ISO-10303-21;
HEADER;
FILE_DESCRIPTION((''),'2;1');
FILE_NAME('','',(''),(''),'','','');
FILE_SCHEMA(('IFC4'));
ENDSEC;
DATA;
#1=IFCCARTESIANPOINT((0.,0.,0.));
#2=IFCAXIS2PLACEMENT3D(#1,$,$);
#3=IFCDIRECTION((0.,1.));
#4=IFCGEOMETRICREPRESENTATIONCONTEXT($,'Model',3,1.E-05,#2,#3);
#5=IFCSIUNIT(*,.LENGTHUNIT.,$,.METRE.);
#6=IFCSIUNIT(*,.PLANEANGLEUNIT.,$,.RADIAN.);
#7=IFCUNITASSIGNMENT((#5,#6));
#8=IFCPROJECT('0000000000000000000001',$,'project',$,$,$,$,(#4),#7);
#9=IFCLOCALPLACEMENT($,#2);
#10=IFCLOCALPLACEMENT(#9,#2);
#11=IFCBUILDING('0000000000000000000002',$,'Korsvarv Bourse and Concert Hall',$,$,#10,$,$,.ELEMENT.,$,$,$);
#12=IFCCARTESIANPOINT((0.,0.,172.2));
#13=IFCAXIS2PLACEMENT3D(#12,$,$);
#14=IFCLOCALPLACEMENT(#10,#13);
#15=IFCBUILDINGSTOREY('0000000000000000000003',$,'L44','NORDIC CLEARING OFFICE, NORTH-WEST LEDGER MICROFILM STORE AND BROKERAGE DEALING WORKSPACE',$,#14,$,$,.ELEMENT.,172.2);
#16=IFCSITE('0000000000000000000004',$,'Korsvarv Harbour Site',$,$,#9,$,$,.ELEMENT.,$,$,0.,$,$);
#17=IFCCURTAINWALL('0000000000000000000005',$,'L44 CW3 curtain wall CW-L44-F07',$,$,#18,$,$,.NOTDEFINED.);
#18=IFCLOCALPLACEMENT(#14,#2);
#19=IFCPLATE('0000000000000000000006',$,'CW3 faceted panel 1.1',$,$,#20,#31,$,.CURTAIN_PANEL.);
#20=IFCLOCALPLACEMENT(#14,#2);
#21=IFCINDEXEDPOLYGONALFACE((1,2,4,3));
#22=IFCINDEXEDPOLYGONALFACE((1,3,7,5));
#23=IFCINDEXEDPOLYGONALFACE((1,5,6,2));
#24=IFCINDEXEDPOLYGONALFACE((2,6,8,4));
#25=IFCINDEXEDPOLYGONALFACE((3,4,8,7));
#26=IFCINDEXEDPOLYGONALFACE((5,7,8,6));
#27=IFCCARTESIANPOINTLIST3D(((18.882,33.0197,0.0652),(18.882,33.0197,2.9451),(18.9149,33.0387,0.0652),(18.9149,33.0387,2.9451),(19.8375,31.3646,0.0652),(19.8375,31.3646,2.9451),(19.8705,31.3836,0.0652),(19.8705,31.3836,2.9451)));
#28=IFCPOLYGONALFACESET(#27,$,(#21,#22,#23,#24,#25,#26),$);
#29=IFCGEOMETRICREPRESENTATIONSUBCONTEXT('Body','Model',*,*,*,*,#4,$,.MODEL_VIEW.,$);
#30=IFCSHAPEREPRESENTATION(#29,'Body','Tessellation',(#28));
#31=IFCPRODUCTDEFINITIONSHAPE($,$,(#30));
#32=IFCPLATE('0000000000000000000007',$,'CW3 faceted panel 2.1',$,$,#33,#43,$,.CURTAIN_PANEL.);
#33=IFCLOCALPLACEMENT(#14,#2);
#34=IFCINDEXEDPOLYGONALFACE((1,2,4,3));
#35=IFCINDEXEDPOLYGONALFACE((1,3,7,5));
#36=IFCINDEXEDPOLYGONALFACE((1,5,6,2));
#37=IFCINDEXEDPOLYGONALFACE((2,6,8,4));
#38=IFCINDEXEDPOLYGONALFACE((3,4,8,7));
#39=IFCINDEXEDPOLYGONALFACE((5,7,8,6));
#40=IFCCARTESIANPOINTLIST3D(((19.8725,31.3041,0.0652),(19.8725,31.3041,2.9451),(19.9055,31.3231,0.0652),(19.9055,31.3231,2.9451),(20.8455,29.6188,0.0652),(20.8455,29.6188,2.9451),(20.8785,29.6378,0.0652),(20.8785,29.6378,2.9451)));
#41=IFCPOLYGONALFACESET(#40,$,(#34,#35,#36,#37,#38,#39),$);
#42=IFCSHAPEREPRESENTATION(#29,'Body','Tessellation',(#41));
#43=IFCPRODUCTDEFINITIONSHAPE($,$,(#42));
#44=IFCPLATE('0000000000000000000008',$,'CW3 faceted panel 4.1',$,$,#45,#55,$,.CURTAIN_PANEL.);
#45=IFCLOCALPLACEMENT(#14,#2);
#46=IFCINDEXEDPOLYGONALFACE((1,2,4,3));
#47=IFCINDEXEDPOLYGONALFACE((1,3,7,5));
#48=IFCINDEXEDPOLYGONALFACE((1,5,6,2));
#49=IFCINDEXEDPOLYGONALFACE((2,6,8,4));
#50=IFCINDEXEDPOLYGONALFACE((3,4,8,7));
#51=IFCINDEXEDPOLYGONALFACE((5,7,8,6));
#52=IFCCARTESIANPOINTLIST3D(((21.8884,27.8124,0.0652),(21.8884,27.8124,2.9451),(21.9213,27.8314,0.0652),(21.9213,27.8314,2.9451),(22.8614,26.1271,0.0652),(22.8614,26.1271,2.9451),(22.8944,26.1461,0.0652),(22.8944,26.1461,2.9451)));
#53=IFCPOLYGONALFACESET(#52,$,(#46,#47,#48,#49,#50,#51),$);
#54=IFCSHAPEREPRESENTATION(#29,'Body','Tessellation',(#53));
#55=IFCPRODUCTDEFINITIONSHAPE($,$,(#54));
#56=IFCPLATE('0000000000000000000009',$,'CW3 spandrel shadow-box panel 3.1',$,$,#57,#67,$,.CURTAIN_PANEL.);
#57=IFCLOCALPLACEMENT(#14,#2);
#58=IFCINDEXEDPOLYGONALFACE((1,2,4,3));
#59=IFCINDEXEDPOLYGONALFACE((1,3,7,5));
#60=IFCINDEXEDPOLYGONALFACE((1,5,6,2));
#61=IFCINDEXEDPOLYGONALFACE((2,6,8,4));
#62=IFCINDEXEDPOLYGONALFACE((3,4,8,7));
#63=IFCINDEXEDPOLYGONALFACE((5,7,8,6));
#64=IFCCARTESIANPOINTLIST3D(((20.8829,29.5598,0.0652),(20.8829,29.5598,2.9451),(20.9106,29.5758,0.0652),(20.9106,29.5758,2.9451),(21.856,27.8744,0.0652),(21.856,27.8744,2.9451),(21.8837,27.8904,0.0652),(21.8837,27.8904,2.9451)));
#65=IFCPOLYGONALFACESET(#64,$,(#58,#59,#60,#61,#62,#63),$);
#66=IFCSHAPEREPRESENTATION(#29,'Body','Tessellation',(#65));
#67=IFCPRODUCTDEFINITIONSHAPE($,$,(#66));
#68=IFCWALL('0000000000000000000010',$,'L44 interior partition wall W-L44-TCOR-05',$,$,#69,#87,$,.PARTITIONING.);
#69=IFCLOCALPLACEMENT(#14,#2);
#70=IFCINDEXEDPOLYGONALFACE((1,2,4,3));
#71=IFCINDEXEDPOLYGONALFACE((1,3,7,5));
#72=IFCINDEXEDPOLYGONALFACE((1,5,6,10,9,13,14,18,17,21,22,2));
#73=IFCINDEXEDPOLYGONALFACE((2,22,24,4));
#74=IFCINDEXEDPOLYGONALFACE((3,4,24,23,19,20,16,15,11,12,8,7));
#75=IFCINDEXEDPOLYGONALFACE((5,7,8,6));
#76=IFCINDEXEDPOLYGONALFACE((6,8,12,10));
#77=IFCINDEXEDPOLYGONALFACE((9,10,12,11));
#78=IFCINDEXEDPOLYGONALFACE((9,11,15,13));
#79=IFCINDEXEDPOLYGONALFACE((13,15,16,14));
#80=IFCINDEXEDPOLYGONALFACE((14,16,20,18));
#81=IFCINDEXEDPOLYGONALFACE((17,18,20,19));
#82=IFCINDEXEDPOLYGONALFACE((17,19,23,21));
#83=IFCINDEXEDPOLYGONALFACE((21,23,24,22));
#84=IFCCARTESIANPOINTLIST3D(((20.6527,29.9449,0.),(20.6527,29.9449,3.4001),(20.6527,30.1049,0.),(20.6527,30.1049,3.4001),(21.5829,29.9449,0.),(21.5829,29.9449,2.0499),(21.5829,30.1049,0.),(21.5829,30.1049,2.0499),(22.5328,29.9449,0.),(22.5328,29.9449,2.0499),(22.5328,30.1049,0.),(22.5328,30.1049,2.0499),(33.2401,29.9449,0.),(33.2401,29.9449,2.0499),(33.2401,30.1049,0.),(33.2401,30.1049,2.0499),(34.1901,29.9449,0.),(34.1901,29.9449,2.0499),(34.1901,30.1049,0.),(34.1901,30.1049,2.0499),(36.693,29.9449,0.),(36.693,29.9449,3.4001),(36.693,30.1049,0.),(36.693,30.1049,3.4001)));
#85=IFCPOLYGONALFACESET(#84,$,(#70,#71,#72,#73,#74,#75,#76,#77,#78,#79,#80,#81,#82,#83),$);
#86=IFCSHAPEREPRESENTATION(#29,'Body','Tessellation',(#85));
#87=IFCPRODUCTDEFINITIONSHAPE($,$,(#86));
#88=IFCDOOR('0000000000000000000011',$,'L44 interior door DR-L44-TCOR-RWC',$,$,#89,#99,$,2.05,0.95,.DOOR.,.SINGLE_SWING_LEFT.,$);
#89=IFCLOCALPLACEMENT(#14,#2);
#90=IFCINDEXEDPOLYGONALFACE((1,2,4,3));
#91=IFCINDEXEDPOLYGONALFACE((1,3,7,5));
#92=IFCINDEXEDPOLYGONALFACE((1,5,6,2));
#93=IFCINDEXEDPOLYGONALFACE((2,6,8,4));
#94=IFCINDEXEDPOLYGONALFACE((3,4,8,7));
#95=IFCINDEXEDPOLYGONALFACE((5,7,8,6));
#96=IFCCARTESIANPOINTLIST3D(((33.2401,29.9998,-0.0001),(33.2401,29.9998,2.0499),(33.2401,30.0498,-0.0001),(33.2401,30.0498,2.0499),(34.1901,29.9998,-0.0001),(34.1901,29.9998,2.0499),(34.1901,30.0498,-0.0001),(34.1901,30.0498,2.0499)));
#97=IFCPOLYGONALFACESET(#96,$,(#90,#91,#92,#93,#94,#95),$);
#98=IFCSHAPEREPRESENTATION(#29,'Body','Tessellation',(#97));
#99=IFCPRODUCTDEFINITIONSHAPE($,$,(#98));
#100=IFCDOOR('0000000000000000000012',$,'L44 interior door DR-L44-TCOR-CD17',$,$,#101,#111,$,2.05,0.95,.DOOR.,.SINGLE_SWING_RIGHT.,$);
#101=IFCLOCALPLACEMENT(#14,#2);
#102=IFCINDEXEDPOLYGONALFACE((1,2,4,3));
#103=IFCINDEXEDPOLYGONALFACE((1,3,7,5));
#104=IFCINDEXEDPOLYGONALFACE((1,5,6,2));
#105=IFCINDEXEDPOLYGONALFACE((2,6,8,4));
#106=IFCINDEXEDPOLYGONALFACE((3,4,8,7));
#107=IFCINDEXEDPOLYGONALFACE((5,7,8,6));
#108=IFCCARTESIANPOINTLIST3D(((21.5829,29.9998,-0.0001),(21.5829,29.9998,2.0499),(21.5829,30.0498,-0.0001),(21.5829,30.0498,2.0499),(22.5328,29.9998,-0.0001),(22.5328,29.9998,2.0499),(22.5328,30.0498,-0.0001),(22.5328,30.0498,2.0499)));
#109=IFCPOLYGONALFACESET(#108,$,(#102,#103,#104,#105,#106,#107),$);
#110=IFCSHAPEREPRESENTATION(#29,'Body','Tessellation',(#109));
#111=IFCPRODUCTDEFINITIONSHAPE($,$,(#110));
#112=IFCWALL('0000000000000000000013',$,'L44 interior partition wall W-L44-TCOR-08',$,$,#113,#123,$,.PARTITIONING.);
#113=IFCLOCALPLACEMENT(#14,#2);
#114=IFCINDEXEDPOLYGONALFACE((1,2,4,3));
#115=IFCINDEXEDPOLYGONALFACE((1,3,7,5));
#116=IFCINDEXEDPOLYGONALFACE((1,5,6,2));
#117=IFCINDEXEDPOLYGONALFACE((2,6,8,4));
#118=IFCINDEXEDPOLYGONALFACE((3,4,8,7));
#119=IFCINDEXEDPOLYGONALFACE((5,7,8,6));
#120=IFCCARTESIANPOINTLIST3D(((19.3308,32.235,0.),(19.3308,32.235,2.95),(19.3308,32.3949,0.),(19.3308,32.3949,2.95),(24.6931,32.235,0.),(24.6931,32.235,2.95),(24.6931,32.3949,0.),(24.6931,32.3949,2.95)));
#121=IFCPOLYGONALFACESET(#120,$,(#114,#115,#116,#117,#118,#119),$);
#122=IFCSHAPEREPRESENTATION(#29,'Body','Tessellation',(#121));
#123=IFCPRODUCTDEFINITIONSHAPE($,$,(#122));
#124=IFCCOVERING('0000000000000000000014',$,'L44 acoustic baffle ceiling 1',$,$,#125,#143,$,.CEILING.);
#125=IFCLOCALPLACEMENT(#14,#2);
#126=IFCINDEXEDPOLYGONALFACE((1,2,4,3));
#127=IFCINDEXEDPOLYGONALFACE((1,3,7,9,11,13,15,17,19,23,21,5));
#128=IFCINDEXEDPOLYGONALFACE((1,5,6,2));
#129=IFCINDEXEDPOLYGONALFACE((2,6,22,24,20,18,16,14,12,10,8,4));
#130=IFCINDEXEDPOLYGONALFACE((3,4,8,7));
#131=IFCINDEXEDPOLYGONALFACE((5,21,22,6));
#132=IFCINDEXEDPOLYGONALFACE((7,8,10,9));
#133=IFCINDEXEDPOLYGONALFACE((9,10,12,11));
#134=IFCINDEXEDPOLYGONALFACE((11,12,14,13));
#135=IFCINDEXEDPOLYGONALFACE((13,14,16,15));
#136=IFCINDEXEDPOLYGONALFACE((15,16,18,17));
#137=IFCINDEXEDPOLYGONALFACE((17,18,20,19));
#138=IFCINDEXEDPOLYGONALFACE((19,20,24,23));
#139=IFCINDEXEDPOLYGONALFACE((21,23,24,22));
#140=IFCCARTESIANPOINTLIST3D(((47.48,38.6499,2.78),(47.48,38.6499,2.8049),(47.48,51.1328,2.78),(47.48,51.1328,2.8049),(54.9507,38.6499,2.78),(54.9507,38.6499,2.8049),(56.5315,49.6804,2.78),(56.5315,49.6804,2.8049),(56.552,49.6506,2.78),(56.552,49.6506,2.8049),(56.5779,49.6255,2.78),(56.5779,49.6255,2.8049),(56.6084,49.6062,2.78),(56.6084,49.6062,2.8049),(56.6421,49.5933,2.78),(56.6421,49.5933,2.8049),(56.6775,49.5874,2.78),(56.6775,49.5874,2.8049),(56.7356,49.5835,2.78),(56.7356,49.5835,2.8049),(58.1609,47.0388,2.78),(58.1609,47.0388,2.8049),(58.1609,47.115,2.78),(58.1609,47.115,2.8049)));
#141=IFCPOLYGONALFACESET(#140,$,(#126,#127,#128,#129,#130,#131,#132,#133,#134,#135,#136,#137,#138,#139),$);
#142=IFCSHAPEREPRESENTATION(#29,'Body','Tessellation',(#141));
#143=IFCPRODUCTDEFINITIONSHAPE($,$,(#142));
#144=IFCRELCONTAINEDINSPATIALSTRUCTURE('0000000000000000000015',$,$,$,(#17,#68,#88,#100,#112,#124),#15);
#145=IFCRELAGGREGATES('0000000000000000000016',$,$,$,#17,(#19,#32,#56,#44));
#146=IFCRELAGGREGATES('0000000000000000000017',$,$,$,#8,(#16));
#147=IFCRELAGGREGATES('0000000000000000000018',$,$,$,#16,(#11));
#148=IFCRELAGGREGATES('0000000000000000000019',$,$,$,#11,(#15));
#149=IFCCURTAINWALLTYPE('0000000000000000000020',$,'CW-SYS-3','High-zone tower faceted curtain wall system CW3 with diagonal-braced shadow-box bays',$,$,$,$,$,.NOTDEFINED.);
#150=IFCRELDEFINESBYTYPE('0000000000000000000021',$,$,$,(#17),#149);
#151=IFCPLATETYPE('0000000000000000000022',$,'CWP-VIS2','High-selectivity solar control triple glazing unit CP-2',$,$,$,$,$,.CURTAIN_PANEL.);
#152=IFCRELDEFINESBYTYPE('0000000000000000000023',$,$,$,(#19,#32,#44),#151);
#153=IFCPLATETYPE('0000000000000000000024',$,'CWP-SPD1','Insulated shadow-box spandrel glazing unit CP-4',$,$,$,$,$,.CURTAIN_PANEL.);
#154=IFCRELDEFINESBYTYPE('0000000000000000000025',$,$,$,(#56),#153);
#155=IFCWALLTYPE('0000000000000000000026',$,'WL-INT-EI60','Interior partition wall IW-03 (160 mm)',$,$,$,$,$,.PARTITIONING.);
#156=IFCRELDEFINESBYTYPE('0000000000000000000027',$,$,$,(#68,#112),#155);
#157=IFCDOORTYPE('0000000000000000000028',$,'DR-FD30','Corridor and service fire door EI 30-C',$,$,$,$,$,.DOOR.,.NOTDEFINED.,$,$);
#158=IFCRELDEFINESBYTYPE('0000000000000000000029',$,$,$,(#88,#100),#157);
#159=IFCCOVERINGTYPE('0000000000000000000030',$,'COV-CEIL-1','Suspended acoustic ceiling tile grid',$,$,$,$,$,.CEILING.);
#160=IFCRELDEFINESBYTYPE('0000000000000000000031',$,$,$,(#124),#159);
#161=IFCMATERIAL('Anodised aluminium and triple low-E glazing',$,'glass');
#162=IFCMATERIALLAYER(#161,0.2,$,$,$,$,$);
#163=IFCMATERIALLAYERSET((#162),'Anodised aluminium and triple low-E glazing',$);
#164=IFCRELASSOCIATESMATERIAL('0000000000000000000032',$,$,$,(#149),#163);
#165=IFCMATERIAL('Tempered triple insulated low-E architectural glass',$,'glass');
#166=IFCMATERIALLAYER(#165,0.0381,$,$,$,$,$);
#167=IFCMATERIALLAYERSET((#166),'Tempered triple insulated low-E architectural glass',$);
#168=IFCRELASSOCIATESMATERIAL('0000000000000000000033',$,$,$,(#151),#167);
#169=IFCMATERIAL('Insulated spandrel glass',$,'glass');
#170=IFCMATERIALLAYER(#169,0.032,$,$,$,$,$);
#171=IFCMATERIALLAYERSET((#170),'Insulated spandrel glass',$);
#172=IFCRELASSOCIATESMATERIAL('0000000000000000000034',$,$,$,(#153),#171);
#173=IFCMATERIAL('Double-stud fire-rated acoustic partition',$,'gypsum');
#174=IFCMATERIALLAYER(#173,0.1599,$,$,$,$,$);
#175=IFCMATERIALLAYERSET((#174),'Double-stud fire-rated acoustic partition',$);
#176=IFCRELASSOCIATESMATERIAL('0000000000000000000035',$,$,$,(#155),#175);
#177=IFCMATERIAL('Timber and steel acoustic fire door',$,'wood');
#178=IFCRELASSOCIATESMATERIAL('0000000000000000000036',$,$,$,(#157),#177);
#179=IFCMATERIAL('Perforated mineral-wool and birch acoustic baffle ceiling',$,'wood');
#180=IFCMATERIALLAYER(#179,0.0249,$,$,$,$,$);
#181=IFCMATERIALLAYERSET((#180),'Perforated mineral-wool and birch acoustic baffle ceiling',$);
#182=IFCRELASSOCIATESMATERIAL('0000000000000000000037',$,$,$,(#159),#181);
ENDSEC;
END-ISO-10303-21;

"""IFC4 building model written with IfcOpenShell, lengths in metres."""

from ifc_helpers import new_model, si_unit, direction, frame, frame_2d, origin, origin_2d, place, context, subcontext, project, spatial, polyline, rectangle, outline, extrude, source, transform, mapped, material, layer, layer_set, type_object, element, fill, aggregate, save


model = new_model("IFC4")

# Units and contexts
model_context = context("Model", 3, precision=1e-05, world=origin(), true_north=direction((0.0, 1.0)))
body_context = subcontext(model_context, "Body", "Model", "MODEL_VIEW")
ifc_project = project(units=[si_unit("LENGTHUNIT", "METRE"), si_unit("PLANEANGLEUNIT", "RADIAN")], contexts=[model_context])

# Site, building, storey
site_placement = place(None, origin())
site = spatial("IfcSite", under=ifc_project, at=site_placement, Name="Korsvarv Harbour Site", CompositionType="ELEMENT", RefElevation=0.0)
building_placement = place(site_placement, origin())
building = spatial("IfcBuilding", under=site, at=building_placement, Name="Korsvarv Bourse and Concert Hall", CompositionType="ELEMENT")
storey_placement = place(building_placement, frame((0.0, 0.0, 172.2)))
storey = spatial("IfcBuildingStorey", under=building, at=storey_placement, Name="L44", Description="NORDIC CLEARING OFFICE, NORTH-WEST LEDGER MICROFILM STORE AND BROKERAGE DEALING WORKSPACE", CompositionType="ELEMENT", Elevation=172.2)

# Curtain wall
ifc_material_1 = material(Name="Anodised aluminium and triple low-E glazing", Category="glass")
ifc_layer_1 = layer(ifc_material_1, 0.2)
ifc_layer_set_1 = layer_set([ifc_layer_1], Name="Anodised aluminium and triple low-E glazing")
curtain_wall_type = type_object("IfcCurtainWallType", Name="CW-SYS-3", Description="High-zone tower faceted curtain wall system CW3 with diagonal-braced shadow-box bays", PredefinedType="NOTDEFINED", material=ifc_layer_set_1)
curtain_wall_placement = place(storey_placement, origin())
curtain_wall = element("IfcCurtainWall", 1, at=curtain_wall_placement, inside=storey, type_object=curtain_wall_type, Name="L44 CW3 curtain wall CW-L44-F07", PredefinedType="NOTDEFINED")

# Plates
ifc_material_2 = material(Name="Tempered triple insulated low-E architectural glass", Category="glass")
ifc_layer_2 = layer(ifc_material_2, 0.0381)
ifc_layer_set_2 = layer_set([ifc_layer_2], Name="Tempered triple insulated low-E architectural glass")
plate_type_1 = type_object("IfcPlateType", Name="CWP-VIS2", Description="High-selectivity solar control triple glazing unit CP-2", PredefinedType="CURTAIN_PANEL", material=ifc_layer_set_2)
shared_shape_1 = source(origin(), body_context, "Body", "SweptSolid", [
    extrude(rectangle(XDim=1.9111, YDim=0.0381, at=origin_2d()), origin(), (0.0, 0.0, 1.0), 2.8799),
])
plate_1_placement = place(storey_placement, frame((19.3762, 32.2017, 0.0652), z_axis=(0.0, 0.0, 1.0), x_axis=(0.499994, -0.866029, 0.0)))
plate_1 = element("IfcPlate", 2, at=plate_1_placement, type_object=plate_type_1, Name="CW3 faceted panel 1.1", PredefinedType="CURTAIN_PANEL", context=body_context, shape_type="MappedRepresentation", body=[
    mapped(shared_shape_1, transform((0.0, 0.0, 0.0), scale=1.0)),
])
shared_shape_2 = source(origin(), body_context, "Body", "SweptSolid", [
    extrude(rectangle(XDim=1.946, YDim=0.0381, at=origin_2d()), origin(), (0.0, 0.0, 1.0), 2.8799),
])
plate_2_placement = place(storey_placement, frame((20.3755, 30.4709, 0.0652), z_axis=(0.0, 0.0, 1.0), x_axis=(0.499994, -0.866029, 0.0)))
plate_2 = element("IfcPlate", 3, at=plate_2_placement, type_object=plate_type_1, Name="CW3 faceted panel 2.1", PredefinedType="CURTAIN_PANEL", context=body_context, shape_type="MappedRepresentation", body=[
    mapped(shared_shape_2, transform((0.0, 0.0, 0.0), scale=1.0)),
])
plate_3_placement = place(storey_placement, frame((22.3914, 26.9792, 0.0652), z_axis=(0.0, 0.0, 1.0), x_axis=(0.499994, -0.866029, 0.0)))
plate_3 = element("IfcPlate", 4, at=plate_3_placement, type_object=plate_type_1, Name="CW3 faceted panel 4.1", PredefinedType="CURTAIN_PANEL", context=body_context, shape_type="MappedRepresentation", body=[
    mapped(shared_shape_2, transform((0.0, 0.0, 0.0), scale=1.0)),
])
ifc_material_3 = material(Name="Insulated spandrel glass", Category="glass")
ifc_layer_3 = layer(ifc_material_3, 0.032)
ifc_layer_set_3 = layer_set([ifc_layer_3], Name="Insulated spandrel glass")
plate_type_2 = type_object("IfcPlateType", Name="CWP-SPD1", Description="Insulated shadow-box spandrel glazing unit CP-4", PredefinedType="CURTAIN_PANEL", material=ifc_layer_set_3)
shared_shape_3 = source(origin(), body_context, "Body", "SweptSolid", [
    extrude(rectangle(XDim=1.946, YDim=0.032, at=origin_2d()), origin(), (0.0, 0.0, 1.0), 2.8799),
])
plate_4_placement = place(storey_placement, frame((21.3833, 28.7251, 0.0652), z_axis=(0.0, 0.0, 1.0), x_axis=(0.499994, -0.866029, 0.0)))
plate_4 = element("IfcPlate", 5, at=plate_4_placement, type_object=plate_type_2, Name="CW3 spandrel shadow-box panel 3.1", PredefinedType="CURTAIN_PANEL", context=body_context, shape_type="MappedRepresentation", body=[
    mapped(shared_shape_3, transform((0.0, 0.0, 0.0), scale=1.0)),
])
aggregate(curtain_wall, [plate_1, plate_2, plate_4, plate_3])

# Wall, openings, doors
ifc_material_4 = material(Name="Double-stud fire-rated acoustic partition", Category="gypsum")
ifc_layer_4 = layer(ifc_material_4, 0.1599)
ifc_layer_set_4 = layer_set([ifc_layer_4], Name="Double-stud fire-rated acoustic partition")
wall_type = type_object("IfcWallType", Name="WL-INT-EI60", Description="Interior partition wall IW-03 (160 mm)", PredefinedType="PARTITIONING", material=ifc_layer_set_4)
wall_1_placement = place(storey_placement, frame((20.6528, 30.0249, 0.0), z_axis=(0.0, 0.0, 1.0), x_axis=(1.0, 0.0, 0.0)))
wall_1 = element("IfcWall", 6, at=wall_1_placement, inside=storey, type_object=wall_type, Name="L44 interior partition wall W-L44-TCOR-05", PredefinedType="PARTITIONING", context=body_context, shape_type="SweptSolid", body=[
    extrude(rectangle(XDim=16.0403, YDim=0.1599, at=frame_2d((8.02, 0.0))), origin(), (0.0, 0.0, 1.0), 3.4001),
])
opening_1_placement = place(wall_1_placement, frame((12.5872, 0.0, 0.0)))
opening_1 = element("IfcOpeningElement", 7, at=opening_1_placement, cuts=wall_1, PredefinedType="OPENING", context=body_context, shape_type="SweptSolid", body=[
    extrude(rectangle(XDim=0.95, YDim=2.05, at=frame_2d((0.4751, 1.0249))), frame((0.0, 0.0898, 0.0), z_axis=(0.0, -1.0, 0.0), x_axis=(1.0, 0.0, 0.0)), (0.0, 0.0, 1.0), 0.1799),
])
opening_2_placement = place(wall_1_placement, frame((0.9299, 0.0, 0.0)))
opening_2 = element("IfcOpeningElement", 8, at=opening_2_placement, cuts=wall_1, PredefinedType="OPENING", context=body_context, shape_type="SweptSolid", body=[
    extrude(rectangle(XDim=0.95, YDim=2.05, at=frame_2d((0.4751, 1.0249))), frame((0.0, 0.0898, 0.0), z_axis=(0.0, -1.0, 0.0), x_axis=(1.0, 0.0, 0.0)), (0.0, 0.0, 1.0), 0.1799),
])
ifc_material_5 = material(Name="Timber and steel acoustic fire door", Category="wood")
door_type = type_object("IfcDoorType", Name="DR-FD30", Description="Corridor and service fire door EI 30-C", OperationType="NOTDEFINED", PredefinedType="DOOR", material=ifc_material_5)
door_1_placement = place(opening_1_placement, origin())
door_1 = element("IfcDoor", 9, at=door_1_placement, inside=storey, type_object=door_type, Name="L44 interior door DR-L44-TCOR-RWC", OperationType="SINGLE_SWING_LEFT", OverallHeight=2.05, OverallWidth=0.95, PredefinedType="DOOR", context=body_context, shape_type="SweptSolid", body=[
    extrude(rectangle(XDim=0.95, YDim=2.05, at=frame_2d((0.4751, 1.0249))), frame((0.0, 0.0249, 0.0), z_axis=(0.0, -1.0, 0.0), x_axis=(1.0, 0.0, 0.0)), (0.0, 0.0, 1.0), 0.05),
])
fill(opening_1, door_1)
door_2_placement = place(opening_2_placement, origin())
door_2 = element("IfcDoor", 10, at=door_2_placement, inside=storey, type_object=door_type, Name="L44 interior door DR-L44-TCOR-CD17", OperationType="SINGLE_SWING_RIGHT", OverallHeight=2.05, OverallWidth=0.95, PredefinedType="DOOR", context=body_context, shape_type="SweptSolid", body=[
    extrude(rectangle(XDim=0.95, YDim=2.05, at=frame_2d((0.4751, 1.0249))), frame((0.0, 0.0249, 0.0), z_axis=(0.0, -1.0, 0.0), x_axis=(1.0, 0.0, 0.0)), (0.0, 0.0, 1.0), 0.05),
])
fill(opening_2, door_2)

# Wall
wall_2_placement = place(storey_placement, frame((19.3308, 32.3149, 0.0), z_axis=(0.0, 0.0, 1.0), x_axis=(1.0, 0.0, 0.0)))
element("IfcWall", 11, at=wall_2_placement, inside=storey, type_object=wall_type, Name="L44 interior partition wall W-L44-TCOR-08", PredefinedType="PARTITIONING", context=body_context, shape_type="SweptSolid", body=[
    extrude(rectangle(XDim=5.3623, YDim=0.1599, at=frame_2d((2.6812, 0.0))), origin(), (0.0, 0.0, 1.0), 2.95),
])

# Covering
ifc_material_6 = material(Name="Perforated mineral-wool and birch acoustic baffle ceiling", Category="wood")
ifc_layer_5 = layer(ifc_material_6, 0.0249)
ifc_layer_set_5 = layer_set([ifc_layer_5], Name="Perforated mineral-wool and birch acoustic baffle ceiling")
covering_type_1 = type_object("IfcCoveringType", Name="COV-CEIL-1", Description="Suspended acoustic ceiling tile grid", PredefinedType="CEILING", material=ifc_layer_set_5)
covering_1_placement = place(storey_placement, frame((0.0, 0.0, 2.78)))
element("IfcCovering", 12, at=covering_1_placement, inside=storey, type_object=covering_type_1, Name="L44 acoustic baffle ceiling 1", PredefinedType="CEILING", context=body_context, shape_type="SweptSolid", body=[
    extrude(outline(polyline([(56.5315, 49.6804), (56.552, 49.6506), (56.5779, 49.6255), (56.6084, 49.6062), (56.6421, 49.5933), (56.6775, 49.5874), (56.7356, 49.5835), (58.1609, 47.115), (58.1609, 47.0388), (54.9507, 38.6499), (47.48, 38.6499), (47.48, 51.1328), (56.5315, 49.6804)])), origin(), (0.0, 0.0, 1.0), 0.0249),
])

save(model, "model.ifc")
